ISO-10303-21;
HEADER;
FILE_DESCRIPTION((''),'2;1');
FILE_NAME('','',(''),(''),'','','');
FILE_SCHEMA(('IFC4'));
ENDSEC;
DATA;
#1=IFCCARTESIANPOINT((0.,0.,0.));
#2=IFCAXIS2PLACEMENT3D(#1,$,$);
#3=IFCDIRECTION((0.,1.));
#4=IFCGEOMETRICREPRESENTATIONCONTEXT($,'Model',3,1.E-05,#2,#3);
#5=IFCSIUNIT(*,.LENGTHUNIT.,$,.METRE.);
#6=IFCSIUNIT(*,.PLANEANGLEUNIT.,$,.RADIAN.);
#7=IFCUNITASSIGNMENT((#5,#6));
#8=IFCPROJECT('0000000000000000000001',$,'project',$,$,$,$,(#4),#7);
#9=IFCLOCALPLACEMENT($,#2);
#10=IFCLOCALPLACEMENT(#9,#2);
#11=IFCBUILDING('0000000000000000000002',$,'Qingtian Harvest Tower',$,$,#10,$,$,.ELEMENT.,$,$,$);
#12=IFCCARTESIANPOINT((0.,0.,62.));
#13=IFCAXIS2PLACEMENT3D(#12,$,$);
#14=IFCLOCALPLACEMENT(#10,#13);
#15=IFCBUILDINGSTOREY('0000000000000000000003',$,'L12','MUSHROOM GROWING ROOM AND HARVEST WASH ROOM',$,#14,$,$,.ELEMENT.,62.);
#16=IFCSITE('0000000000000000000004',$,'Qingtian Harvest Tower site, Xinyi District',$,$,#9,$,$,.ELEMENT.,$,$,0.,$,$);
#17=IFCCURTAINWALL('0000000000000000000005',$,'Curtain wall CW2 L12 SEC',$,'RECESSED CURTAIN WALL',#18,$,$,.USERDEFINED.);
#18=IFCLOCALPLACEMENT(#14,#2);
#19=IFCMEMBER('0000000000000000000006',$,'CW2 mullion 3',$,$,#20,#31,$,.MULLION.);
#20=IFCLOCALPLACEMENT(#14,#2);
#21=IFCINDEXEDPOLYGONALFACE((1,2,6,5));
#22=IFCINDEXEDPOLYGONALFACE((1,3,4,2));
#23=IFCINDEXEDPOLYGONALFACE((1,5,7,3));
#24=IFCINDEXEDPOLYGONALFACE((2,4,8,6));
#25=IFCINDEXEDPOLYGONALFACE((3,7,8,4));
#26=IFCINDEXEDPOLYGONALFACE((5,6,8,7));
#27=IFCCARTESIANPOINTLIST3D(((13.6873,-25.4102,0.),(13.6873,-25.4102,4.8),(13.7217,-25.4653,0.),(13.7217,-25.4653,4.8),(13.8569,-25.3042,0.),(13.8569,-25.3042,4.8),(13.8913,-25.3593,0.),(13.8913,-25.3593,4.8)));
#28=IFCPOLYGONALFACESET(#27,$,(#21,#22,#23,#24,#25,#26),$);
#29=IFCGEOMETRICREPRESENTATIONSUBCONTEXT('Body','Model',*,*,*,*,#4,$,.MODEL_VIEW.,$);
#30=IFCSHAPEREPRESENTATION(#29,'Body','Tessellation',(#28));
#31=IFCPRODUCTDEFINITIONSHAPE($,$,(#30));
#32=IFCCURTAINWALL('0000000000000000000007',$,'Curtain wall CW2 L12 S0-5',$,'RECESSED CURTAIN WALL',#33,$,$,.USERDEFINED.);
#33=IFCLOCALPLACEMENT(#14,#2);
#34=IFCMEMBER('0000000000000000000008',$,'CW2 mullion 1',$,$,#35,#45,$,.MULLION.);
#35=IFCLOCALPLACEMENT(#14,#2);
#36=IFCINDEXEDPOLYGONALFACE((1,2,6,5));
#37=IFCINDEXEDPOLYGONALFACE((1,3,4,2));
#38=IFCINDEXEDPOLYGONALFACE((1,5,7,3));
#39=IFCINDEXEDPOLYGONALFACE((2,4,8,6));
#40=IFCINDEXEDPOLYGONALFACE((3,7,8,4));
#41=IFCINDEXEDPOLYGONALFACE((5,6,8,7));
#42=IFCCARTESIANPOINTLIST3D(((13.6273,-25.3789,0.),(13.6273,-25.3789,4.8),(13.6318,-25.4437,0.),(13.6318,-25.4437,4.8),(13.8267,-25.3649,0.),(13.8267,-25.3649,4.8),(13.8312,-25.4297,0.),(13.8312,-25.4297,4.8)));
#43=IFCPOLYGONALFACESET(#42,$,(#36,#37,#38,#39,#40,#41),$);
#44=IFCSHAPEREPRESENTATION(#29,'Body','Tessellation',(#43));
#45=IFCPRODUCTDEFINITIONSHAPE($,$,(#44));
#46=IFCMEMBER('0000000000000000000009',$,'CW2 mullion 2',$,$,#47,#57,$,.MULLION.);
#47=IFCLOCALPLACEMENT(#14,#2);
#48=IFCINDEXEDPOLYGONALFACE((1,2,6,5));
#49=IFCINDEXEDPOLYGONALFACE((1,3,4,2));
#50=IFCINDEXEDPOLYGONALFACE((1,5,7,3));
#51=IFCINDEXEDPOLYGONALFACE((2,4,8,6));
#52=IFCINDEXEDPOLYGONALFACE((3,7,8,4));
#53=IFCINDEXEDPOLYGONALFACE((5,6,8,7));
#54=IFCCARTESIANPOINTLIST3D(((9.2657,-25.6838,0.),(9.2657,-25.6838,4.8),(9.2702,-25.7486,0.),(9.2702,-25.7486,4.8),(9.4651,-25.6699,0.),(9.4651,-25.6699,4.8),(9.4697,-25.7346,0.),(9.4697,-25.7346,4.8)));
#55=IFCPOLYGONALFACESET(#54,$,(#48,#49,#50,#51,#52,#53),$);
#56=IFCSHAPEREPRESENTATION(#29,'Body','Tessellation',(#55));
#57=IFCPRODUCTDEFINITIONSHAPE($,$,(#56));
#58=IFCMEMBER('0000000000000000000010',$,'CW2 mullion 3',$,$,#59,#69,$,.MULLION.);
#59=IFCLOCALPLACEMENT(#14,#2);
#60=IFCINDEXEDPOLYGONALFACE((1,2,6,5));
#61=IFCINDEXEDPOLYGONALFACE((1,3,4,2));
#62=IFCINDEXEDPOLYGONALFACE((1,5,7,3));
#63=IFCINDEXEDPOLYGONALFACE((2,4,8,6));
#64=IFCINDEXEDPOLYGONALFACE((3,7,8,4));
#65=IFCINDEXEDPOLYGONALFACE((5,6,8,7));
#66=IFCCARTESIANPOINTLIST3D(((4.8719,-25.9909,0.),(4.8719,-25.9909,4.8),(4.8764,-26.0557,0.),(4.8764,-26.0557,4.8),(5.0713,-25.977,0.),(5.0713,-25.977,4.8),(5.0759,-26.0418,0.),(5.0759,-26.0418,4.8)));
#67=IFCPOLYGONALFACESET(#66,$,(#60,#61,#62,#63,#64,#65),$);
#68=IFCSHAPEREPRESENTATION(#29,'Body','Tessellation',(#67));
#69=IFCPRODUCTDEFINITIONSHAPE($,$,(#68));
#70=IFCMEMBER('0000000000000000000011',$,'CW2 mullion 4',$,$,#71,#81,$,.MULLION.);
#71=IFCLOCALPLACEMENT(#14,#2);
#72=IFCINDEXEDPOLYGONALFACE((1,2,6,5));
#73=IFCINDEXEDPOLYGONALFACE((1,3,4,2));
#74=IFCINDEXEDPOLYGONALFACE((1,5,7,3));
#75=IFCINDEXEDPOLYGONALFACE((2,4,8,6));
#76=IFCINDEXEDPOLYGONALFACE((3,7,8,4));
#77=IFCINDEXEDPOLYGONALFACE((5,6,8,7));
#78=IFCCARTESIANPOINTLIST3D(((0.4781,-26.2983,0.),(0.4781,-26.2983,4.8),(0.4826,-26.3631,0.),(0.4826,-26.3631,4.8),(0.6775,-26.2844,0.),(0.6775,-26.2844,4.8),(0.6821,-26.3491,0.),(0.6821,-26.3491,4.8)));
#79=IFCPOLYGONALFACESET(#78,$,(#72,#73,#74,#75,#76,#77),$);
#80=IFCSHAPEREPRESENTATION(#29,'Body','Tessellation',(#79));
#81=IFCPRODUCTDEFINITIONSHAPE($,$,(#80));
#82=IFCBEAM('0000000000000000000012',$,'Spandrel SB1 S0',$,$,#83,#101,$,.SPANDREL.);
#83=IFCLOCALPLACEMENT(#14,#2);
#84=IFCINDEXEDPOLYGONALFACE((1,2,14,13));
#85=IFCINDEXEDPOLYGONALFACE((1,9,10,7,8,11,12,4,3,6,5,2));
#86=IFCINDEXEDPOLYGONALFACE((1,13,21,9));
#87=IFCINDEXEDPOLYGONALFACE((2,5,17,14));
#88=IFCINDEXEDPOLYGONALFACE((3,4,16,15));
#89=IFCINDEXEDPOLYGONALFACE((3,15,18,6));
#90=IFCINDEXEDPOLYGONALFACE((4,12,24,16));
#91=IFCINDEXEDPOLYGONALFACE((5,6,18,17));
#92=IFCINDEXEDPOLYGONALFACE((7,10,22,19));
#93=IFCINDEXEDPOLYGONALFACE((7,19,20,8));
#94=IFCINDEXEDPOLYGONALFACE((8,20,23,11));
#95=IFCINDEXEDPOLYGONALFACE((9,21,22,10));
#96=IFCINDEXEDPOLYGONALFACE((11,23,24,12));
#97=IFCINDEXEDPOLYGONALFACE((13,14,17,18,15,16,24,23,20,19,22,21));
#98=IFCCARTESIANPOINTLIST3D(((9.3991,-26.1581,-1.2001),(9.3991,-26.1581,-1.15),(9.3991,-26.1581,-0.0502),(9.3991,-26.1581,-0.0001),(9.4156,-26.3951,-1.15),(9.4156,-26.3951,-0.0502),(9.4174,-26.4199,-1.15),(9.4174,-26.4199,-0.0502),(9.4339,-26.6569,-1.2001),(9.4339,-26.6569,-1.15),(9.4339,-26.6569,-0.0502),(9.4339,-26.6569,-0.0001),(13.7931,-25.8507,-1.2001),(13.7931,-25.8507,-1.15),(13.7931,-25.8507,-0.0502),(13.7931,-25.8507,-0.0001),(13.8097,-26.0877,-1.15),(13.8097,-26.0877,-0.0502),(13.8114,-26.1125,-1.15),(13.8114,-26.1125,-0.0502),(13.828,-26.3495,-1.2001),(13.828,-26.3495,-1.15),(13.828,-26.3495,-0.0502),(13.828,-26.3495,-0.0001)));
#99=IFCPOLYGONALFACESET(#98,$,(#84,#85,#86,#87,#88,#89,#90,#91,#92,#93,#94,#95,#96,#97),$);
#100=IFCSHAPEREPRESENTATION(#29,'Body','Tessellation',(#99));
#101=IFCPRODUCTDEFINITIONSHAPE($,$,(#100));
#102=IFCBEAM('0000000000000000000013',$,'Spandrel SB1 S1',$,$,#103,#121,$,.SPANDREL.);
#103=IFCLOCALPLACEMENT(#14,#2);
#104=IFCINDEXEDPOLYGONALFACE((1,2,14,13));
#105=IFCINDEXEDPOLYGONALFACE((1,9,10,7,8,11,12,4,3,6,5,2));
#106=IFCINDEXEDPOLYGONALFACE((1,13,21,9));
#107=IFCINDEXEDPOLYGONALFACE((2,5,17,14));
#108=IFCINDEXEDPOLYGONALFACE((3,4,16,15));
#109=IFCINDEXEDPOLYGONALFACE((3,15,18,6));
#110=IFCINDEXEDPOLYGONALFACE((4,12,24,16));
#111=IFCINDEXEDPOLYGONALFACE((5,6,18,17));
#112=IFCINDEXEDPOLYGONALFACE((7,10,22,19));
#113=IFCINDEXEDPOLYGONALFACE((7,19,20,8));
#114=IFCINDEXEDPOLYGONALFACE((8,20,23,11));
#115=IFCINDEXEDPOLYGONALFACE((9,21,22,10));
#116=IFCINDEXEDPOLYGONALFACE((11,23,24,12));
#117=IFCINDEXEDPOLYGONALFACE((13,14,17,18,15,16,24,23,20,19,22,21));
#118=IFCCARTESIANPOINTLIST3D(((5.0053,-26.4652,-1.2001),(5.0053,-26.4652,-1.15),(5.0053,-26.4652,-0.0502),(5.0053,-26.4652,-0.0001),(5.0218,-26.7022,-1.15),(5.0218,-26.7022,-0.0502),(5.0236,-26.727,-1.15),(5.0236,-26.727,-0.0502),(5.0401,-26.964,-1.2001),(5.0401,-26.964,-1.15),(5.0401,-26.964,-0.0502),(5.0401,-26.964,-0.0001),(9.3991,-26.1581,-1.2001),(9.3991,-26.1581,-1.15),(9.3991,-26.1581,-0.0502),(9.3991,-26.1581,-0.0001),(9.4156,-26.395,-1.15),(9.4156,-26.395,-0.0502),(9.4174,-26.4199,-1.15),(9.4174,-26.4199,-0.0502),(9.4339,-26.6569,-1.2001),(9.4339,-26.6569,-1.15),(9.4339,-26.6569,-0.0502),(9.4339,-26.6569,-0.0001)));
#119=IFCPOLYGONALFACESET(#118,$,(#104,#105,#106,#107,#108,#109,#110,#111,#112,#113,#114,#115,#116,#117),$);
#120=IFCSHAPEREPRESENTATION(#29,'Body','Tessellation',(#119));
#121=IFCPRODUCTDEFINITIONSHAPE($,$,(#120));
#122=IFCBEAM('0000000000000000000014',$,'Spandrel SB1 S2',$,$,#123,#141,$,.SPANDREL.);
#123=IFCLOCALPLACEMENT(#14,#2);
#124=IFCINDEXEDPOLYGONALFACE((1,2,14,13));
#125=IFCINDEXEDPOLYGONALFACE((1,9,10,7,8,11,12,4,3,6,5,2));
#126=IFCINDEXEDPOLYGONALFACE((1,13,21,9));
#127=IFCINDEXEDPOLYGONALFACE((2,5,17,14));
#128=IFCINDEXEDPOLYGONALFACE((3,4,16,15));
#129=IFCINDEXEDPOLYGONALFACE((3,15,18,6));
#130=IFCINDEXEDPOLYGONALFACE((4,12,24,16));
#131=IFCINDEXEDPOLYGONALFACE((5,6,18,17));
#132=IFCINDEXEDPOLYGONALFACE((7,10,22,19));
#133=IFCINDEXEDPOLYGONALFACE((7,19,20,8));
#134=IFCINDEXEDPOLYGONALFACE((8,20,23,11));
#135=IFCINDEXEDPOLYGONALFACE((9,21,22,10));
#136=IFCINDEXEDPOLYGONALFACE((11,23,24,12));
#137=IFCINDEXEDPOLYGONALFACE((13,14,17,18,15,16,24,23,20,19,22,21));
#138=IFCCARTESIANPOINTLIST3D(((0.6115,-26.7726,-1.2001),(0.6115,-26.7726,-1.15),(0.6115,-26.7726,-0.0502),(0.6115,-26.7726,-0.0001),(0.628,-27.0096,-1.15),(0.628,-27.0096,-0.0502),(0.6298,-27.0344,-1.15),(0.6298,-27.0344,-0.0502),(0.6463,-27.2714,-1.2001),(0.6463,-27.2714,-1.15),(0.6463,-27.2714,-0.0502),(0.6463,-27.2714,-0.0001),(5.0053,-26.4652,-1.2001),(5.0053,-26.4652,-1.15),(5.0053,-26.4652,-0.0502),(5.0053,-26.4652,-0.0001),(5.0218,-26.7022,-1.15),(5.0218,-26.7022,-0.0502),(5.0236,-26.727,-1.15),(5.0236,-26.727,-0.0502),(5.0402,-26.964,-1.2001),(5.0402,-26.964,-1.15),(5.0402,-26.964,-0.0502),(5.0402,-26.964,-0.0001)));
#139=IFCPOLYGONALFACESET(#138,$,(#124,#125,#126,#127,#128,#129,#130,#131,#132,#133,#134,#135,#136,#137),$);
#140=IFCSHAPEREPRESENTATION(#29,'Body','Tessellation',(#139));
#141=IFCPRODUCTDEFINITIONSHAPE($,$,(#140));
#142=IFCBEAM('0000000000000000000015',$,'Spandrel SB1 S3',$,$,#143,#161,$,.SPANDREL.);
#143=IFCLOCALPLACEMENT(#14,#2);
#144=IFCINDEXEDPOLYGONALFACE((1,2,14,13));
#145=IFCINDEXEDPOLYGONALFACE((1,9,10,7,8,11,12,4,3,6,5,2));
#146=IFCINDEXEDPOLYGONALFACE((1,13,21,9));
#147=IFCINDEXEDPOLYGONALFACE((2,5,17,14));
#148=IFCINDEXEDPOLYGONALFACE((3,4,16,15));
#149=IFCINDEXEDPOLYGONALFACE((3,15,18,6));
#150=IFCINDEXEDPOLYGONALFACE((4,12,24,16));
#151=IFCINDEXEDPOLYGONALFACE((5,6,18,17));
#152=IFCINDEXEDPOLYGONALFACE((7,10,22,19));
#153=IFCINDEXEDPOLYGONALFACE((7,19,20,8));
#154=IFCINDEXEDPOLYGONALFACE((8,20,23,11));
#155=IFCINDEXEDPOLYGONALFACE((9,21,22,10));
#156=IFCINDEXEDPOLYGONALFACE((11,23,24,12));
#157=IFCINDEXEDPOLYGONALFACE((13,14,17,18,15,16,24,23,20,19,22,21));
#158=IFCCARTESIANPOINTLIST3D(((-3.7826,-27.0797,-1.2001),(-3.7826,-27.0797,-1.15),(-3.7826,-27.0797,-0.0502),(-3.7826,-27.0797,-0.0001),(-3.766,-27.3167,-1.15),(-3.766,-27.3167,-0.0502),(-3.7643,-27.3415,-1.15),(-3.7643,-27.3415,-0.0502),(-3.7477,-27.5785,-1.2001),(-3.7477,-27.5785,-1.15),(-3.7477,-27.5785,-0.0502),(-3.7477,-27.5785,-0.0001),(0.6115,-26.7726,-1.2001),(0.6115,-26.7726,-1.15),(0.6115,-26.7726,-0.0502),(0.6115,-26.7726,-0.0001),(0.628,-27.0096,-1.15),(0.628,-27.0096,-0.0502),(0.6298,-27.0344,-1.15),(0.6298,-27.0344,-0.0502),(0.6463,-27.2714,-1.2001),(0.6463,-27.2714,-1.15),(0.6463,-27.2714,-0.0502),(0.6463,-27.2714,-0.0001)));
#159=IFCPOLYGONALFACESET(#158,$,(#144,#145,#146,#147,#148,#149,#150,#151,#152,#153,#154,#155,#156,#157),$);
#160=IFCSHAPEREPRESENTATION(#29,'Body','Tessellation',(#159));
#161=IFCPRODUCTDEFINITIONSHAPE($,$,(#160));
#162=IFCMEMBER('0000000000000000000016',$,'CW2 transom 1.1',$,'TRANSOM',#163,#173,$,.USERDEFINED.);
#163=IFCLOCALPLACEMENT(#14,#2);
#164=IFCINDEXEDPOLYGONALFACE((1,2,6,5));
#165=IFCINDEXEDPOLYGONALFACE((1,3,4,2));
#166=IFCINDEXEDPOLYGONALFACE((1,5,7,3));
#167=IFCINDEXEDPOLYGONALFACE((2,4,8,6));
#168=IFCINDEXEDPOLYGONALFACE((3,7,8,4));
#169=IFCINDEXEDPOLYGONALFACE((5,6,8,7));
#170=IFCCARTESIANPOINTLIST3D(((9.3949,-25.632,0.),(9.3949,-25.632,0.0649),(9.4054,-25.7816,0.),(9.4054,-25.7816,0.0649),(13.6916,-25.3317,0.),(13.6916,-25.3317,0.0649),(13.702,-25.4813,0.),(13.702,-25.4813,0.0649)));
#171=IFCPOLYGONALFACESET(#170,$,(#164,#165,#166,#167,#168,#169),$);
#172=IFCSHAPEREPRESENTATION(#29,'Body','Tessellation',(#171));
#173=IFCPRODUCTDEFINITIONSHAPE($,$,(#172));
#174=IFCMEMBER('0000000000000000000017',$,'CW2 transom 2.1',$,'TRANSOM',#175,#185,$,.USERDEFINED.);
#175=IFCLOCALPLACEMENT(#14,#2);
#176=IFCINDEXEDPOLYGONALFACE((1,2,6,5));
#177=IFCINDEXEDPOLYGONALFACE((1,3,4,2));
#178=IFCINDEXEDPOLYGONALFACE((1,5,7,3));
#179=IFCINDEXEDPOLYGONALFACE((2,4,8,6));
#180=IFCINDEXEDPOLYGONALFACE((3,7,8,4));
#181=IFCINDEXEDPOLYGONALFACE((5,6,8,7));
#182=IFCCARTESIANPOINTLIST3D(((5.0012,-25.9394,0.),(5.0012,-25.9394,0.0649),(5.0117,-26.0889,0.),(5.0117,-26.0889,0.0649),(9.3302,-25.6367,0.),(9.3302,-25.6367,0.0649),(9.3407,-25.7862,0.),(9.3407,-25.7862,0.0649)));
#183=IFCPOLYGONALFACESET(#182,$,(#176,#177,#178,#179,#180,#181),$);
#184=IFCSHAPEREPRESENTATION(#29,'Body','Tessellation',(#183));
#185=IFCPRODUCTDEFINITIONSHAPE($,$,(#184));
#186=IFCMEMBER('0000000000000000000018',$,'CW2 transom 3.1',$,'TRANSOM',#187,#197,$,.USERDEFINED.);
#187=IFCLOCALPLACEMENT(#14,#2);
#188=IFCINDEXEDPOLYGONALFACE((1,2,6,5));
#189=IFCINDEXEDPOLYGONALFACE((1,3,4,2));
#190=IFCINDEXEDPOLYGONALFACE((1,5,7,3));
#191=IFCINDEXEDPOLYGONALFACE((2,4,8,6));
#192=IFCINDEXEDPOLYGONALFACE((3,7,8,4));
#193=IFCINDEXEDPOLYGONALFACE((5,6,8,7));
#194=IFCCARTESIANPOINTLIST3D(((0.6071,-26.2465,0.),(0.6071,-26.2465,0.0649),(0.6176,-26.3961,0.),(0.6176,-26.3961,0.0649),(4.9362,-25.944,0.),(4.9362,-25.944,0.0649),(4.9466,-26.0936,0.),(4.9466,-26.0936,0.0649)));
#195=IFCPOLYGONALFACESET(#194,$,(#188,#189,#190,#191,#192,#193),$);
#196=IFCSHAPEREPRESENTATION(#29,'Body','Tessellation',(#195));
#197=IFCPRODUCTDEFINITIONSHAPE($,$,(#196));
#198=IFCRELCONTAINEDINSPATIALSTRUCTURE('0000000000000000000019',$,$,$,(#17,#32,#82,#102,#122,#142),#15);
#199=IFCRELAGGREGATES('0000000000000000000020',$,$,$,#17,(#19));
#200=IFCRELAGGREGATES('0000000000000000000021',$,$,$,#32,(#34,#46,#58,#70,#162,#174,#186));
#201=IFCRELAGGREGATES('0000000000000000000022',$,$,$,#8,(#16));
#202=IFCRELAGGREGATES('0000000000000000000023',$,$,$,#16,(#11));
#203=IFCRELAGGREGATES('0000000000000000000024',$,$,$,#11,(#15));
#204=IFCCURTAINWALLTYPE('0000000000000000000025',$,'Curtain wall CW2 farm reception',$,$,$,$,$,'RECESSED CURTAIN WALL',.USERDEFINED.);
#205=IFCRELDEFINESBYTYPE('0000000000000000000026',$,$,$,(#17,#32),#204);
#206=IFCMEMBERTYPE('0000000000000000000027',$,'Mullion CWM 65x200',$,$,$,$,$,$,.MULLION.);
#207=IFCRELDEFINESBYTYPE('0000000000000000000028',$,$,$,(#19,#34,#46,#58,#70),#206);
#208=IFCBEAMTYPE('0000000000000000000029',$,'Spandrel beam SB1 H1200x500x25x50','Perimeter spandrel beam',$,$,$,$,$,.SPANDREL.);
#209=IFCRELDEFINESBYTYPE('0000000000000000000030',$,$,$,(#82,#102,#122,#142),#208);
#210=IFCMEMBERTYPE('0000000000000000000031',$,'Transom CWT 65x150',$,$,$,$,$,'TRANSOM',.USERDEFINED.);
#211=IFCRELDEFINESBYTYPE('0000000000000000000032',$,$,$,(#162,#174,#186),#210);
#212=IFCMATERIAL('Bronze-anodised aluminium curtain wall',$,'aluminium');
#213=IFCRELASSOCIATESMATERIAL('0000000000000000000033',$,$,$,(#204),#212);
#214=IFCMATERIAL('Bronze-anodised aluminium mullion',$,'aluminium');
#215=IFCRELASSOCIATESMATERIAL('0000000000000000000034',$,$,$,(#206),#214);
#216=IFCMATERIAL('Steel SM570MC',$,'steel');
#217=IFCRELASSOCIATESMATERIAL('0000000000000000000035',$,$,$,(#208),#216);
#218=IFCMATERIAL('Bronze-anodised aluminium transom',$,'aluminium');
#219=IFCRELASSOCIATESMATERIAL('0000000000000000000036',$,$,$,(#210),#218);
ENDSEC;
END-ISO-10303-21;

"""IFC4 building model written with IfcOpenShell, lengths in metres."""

from ifc_helpers import new_model, si_unit, direction, frame, origin, origin_2d, place, context, subcontext, project, spatial, rectangle, i_section, extrude, material, material_profile, profile_set, type_object, element, aggregate, save


model = new_model("IFC4")

# Units and contexts
model_context = context("Model", 3, precision=1e-05, world=origin(), true_north=direction((0.0, 1.0)))
body_context = subcontext(model_context, "Body", "Model", "MODEL_VIEW")
ifc_project = project(units=[si_unit("LENGTHUNIT", "METRE"), si_unit("PLANEANGLEUNIT", "RADIAN")], contexts=[model_context])

# Site, building, storey
site_placement = place(None, origin())
site = spatial("IfcSite", under=ifc_project, at=site_placement, Name="Qingtian Harvest Tower site, Xinyi District", CompositionType="ELEMENT", RefElevation=0.0)
building_placement = place(site_placement, origin())
building = spatial("IfcBuilding", under=site, at=building_placement, Name="Qingtian Harvest Tower", CompositionType="ELEMENT")
storey_placement = place(building_placement, frame((0.0, 0.0, 62.0)))
storey = spatial("IfcBuildingStorey", under=building, at=storey_placement, Name="L12", Description="MUSHROOM GROWING ROOM AND HARVEST WASH ROOM", CompositionType="ELEMENT", Elevation=62.0)

# Curtain wall, member
ifc_material_1 = material(Name="Bronze-anodised aluminium curtain wall", Category="aluminium")
curtain_wall_type = type_object("IfcCurtainWallType", Name="Curtain wall CW2 farm reception", ElementType="RECESSED CURTAIN WALL", PredefinedType="USERDEFINED", material=ifc_material_1)
curtain_wall_1_placement = place(storey_placement, origin())
curtain_wall_1 = element("IfcCurtainWall", 1, at=curtain_wall_1_placement, inside=storey, type_object=curtain_wall_type, Name="Curtain wall CW2 L12 SEC", ObjectType="RECESSED CURTAIN WALL", PredefinedType="USERDEFINED")
ifc_material_2 = material(Name="Bronze-anodised aluminium mullion", Category="aluminium")
ifc_material_profile_1 = material_profile(ifc_material_2, rectangle(XDim=0.0649, YDim=0.2, at=origin_2d()), Name="AL 65x200")
ifc_profile_set_1 = profile_set([ifc_material_profile_1], Name="Bronze-anodised aluminium mullion")
member_type_1 = type_object("IfcMemberType", Name="Mullion CWM 65x200", PredefinedType="MULLION", material=ifc_profile_set_1)
member_1_placement = place(storey_placement, frame((13.7893, -25.3848, 0.0), z_axis=(0.0, 0.0, 1.0), x_axis=(0.529919, -0.848048, 0.0)))
member_1 = element("IfcMember", 2, at=member_1_placement, type_object=member_type_1, Name="CW2 mullion 3", PredefinedType="MULLION", context=body_context, shape_type="SweptSolid", body=[
    extrude(rectangle(XDim=0.0649, YDim=0.2, at=origin_2d()), origin(), (0.0, 0.0, 1.0), 4.8),
])
aggregate(curtain_wall_1, [member_1])

# Curtain wall, members
curtain_wall_2_placement = place(storey_placement, origin())
curtain_wall_2 = element("IfcCurtainWall", 3, at=curtain_wall_2_placement, inside=storey, type_object=curtain_wall_type, Name="Curtain wall CW2 L12 S0-5", ObjectType="RECESSED CURTAIN WALL", PredefinedType="USERDEFINED")
member_2_placement = place(storey_placement, frame((13.7292, -25.4043, 0.0), z_axis=(0.0, 0.0, 1.0), x_axis=(0.069756, -0.997564, 0.0)))
member_2 = element("IfcMember", 4, at=member_2_placement, type_object=member_type_1, Name="CW2 mullion 1", PredefinedType="MULLION", context=body_context, shape_type="SweptSolid", body=[
    extrude(rectangle(XDim=0.0649, YDim=0.2, at=origin_2d()), origin(), (0.0, 0.0, 1.0), 4.8),
])
member_3_placement = place(storey_placement, frame((9.3677, -25.7092, 0.0), z_axis=(0.0, 0.0, 1.0), x_axis=(0.069756, -0.997564, 0.0)))
member_3 = element("IfcMember", 5, at=member_3_placement, type_object=member_type_1, Name="CW2 mullion 2", PredefinedType="MULLION", context=body_context, shape_type="SweptSolid", body=[
    extrude(rectangle(XDim=0.0649, YDim=0.2, at=origin_2d()), origin(), (0.0, 0.0, 1.0), 4.8),
])
member_4_placement = place(storey_placement, frame((4.9739, -26.0164, 0.0), z_axis=(0.0, 0.0, 1.0), x_axis=(0.069756, -0.997564, 0.0)))
member_4 = element("IfcMember", 6, at=member_4_placement, type_object=member_type_1, Name="CW2 mullion 3", PredefinedType="MULLION", context=body_context, shape_type="SweptSolid", body=[
    extrude(rectangle(XDim=0.0649, YDim=0.2, at=origin_2d()), origin(), (0.0, 0.0, 1.0), 4.8),
])
member_5_placement = place(storey_placement, frame((0.5801, -26.3237, 0.0), z_axis=(0.0, 0.0, 1.0), x_axis=(0.069756, -0.997564, 0.0)))
member_5 = element("IfcMember", 7, at=member_5_placement, type_object=member_type_1, Name="CW2 mullion 4", PredefinedType="MULLION", context=body_context, shape_type="SweptSolid", body=[
    extrude(rectangle(XDim=0.0649, YDim=0.2, at=origin_2d()), origin(), (0.0, 0.0, 1.0), 4.8),
])

# Beams
ifc_material_3 = material(Name="Steel SM570MC", Category="steel")
ifc_material_profile_2 = material_profile(ifc_material_3, i_section(OverallWidth=0.5, OverallDepth=1.2, WebThickness=0.0249, FlangeThickness=0.05, at=origin_2d()), Name="H1200x500x25x50")
ifc_profile_set_2 = profile_set([ifc_material_profile_2], Name="Steel SM570MC")
beam_type_1 = type_object("IfcBeamType", Name="Spandrel beam SB1 H1200x500x25x50", Description="Perimeter spandrel beam", PredefinedType="SPANDREL", material=ifc_profile_set_2)
beam_1_placement = place(storey_placement, frame((13.8105, -26.1001, -0.6001), z_axis=(-0.997562, -0.069782, 0.0), x_axis=(0.069782, -0.997562, 0.0)))
element("IfcBeam", 8, at=beam_1_placement, inside=storey, type_object=beam_type_1, Name="Spandrel SB1 S0", PredefinedType="SPANDREL", context=body_context, shape_type="SweptSolid", body=[
    extrude(i_section(OverallWidth=0.5, OverallDepth=1.2, WebThickness=0.0249, FlangeThickness=0.05, at=origin_2d()), origin(), (0.0, 0.0, 1.0), 4.4048),
])
for number, where, z_axis, x_axis, name in (
    (9, (9.4165, -26.4075, -0.6001), (-0.997566, -0.06973, 0.0), (0.06973, -0.997566, 0.0), "Spandrel SB1 S1"),
    (10, (5.0227, -26.7146, -0.6001), (-0.997562, -0.069786, 0.0), (0.069786, -0.997562, 0.0), "Spandrel SB1 S2"),
):
    element("IfcBeam", number, at=place(storey_placement, frame(where, z_axis=z_axis, x_axis=x_axis)), inside=storey, type_object=beam_type_1, Name=name, PredefinedType="SPANDREL", context=body_context, shape_type="SweptSolid", body=[
        extrude(i_section(OverallWidth=0.5, OverallDepth=1.2, WebThickness=0.0249, FlangeThickness=0.05, at=origin_2d()), origin(), (0.0, 0.0, 1.0), 4.4045),
    ])
beam_2_placement = place(storey_placement, frame((0.6289, -27.022, -0.6001), z_axis=(-0.997566, -0.069727, 0.0), x_axis=(0.069727, -0.997566, 0.0)))
element("IfcBeam", 11, at=beam_2_placement, inside=storey, type_object=beam_type_1, Name="Spandrel SB1 S3", PredefinedType="SPANDREL", context=body_context, shape_type="SweptSolid", body=[
    extrude(i_section(OverallWidth=0.5, OverallDepth=1.2, WebThickness=0.0249, FlangeThickness=0.05, at=origin_2d()), origin(), (0.0, 0.0, 1.0), 4.4048),
])

# Members
ifc_material_4 = material(Name="Bronze-anodised aluminium transom", Category="aluminium")
ifc_material_profile_3 = material_profile(ifc_material_4, rectangle(XDim=0.1499, YDim=0.0649, at=origin_2d()), Name="AL 65x150")
ifc_profile_set_3 = profile_set([ifc_material_profile_3], Name="Bronze-anodised aluminium transom")
member_type_2 = type_object("IfcMemberType", Name="Transom CWT 65x150", ElementType="TRANSOM", PredefinedType="USERDEFINED", material=ifc_profile_set_3)
member_6_placement = place(storey_placement, frame((13.6968, -25.4065, 0.0325), z_axis=(-0.997567, -0.06972, 0.0), x_axis=(0.06972, -0.997567, 0.0)))
member_6 = element("IfcMember", 12, at=member_6_placement, type_object=member_type_2, Name="CW2 transom 1.1", ObjectType="TRANSOM", PredefinedType="USERDEFINED", context=body_context, shape_type="SweptSolid", body=[
    extrude(rectangle(XDim=0.1499, YDim=0.0649, at=origin_2d()), origin(), (0.0, 0.0, 1.0), 4.3071),
])
member_7_placement = place(storey_placement, frame((9.3354, -25.7114, 0.0325), z_axis=(-0.997564, -0.06976, 0.0), x_axis=(0.06976, -0.997564, 0.0)))
member_7 = element("IfcMember", 13, at=member_7_placement, type_object=member_type_2, Name="CW2 transom 2.1", ObjectType="TRANSOM", PredefinedType="USERDEFINED", context=body_context, shape_type="SweptSolid", body=[
    extrude(rectangle(XDim=0.1499, YDim=0.0649, at=origin_2d()), origin(), (0.0, 0.0, 1.0), 4.3396),
])
member_8_placement = place(storey_placement, frame((4.9414, -26.0188, 0.0325), z_axis=(-0.997568, -0.069704, 0.0), x_axis=(0.069704, -0.997568, 0.0)))
member_8 = element("IfcMember", 14, at=member_8_placement, type_object=member_type_2, Name="CW2 transom 3.1", ObjectType="TRANSOM", PredefinedType="USERDEFINED", context=body_context, shape_type="SweptSolid", body=[
    extrude(rectangle(XDim=0.1499, YDim=0.0649, at=origin_2d()), origin(), (0.0, 0.0, 1.0), 4.3396),
])

aggregate(curtain_wall_2, [member_2, member_3, member_4, member_5, member_6, member_7, member_8])

save(model, "model.ifc")
